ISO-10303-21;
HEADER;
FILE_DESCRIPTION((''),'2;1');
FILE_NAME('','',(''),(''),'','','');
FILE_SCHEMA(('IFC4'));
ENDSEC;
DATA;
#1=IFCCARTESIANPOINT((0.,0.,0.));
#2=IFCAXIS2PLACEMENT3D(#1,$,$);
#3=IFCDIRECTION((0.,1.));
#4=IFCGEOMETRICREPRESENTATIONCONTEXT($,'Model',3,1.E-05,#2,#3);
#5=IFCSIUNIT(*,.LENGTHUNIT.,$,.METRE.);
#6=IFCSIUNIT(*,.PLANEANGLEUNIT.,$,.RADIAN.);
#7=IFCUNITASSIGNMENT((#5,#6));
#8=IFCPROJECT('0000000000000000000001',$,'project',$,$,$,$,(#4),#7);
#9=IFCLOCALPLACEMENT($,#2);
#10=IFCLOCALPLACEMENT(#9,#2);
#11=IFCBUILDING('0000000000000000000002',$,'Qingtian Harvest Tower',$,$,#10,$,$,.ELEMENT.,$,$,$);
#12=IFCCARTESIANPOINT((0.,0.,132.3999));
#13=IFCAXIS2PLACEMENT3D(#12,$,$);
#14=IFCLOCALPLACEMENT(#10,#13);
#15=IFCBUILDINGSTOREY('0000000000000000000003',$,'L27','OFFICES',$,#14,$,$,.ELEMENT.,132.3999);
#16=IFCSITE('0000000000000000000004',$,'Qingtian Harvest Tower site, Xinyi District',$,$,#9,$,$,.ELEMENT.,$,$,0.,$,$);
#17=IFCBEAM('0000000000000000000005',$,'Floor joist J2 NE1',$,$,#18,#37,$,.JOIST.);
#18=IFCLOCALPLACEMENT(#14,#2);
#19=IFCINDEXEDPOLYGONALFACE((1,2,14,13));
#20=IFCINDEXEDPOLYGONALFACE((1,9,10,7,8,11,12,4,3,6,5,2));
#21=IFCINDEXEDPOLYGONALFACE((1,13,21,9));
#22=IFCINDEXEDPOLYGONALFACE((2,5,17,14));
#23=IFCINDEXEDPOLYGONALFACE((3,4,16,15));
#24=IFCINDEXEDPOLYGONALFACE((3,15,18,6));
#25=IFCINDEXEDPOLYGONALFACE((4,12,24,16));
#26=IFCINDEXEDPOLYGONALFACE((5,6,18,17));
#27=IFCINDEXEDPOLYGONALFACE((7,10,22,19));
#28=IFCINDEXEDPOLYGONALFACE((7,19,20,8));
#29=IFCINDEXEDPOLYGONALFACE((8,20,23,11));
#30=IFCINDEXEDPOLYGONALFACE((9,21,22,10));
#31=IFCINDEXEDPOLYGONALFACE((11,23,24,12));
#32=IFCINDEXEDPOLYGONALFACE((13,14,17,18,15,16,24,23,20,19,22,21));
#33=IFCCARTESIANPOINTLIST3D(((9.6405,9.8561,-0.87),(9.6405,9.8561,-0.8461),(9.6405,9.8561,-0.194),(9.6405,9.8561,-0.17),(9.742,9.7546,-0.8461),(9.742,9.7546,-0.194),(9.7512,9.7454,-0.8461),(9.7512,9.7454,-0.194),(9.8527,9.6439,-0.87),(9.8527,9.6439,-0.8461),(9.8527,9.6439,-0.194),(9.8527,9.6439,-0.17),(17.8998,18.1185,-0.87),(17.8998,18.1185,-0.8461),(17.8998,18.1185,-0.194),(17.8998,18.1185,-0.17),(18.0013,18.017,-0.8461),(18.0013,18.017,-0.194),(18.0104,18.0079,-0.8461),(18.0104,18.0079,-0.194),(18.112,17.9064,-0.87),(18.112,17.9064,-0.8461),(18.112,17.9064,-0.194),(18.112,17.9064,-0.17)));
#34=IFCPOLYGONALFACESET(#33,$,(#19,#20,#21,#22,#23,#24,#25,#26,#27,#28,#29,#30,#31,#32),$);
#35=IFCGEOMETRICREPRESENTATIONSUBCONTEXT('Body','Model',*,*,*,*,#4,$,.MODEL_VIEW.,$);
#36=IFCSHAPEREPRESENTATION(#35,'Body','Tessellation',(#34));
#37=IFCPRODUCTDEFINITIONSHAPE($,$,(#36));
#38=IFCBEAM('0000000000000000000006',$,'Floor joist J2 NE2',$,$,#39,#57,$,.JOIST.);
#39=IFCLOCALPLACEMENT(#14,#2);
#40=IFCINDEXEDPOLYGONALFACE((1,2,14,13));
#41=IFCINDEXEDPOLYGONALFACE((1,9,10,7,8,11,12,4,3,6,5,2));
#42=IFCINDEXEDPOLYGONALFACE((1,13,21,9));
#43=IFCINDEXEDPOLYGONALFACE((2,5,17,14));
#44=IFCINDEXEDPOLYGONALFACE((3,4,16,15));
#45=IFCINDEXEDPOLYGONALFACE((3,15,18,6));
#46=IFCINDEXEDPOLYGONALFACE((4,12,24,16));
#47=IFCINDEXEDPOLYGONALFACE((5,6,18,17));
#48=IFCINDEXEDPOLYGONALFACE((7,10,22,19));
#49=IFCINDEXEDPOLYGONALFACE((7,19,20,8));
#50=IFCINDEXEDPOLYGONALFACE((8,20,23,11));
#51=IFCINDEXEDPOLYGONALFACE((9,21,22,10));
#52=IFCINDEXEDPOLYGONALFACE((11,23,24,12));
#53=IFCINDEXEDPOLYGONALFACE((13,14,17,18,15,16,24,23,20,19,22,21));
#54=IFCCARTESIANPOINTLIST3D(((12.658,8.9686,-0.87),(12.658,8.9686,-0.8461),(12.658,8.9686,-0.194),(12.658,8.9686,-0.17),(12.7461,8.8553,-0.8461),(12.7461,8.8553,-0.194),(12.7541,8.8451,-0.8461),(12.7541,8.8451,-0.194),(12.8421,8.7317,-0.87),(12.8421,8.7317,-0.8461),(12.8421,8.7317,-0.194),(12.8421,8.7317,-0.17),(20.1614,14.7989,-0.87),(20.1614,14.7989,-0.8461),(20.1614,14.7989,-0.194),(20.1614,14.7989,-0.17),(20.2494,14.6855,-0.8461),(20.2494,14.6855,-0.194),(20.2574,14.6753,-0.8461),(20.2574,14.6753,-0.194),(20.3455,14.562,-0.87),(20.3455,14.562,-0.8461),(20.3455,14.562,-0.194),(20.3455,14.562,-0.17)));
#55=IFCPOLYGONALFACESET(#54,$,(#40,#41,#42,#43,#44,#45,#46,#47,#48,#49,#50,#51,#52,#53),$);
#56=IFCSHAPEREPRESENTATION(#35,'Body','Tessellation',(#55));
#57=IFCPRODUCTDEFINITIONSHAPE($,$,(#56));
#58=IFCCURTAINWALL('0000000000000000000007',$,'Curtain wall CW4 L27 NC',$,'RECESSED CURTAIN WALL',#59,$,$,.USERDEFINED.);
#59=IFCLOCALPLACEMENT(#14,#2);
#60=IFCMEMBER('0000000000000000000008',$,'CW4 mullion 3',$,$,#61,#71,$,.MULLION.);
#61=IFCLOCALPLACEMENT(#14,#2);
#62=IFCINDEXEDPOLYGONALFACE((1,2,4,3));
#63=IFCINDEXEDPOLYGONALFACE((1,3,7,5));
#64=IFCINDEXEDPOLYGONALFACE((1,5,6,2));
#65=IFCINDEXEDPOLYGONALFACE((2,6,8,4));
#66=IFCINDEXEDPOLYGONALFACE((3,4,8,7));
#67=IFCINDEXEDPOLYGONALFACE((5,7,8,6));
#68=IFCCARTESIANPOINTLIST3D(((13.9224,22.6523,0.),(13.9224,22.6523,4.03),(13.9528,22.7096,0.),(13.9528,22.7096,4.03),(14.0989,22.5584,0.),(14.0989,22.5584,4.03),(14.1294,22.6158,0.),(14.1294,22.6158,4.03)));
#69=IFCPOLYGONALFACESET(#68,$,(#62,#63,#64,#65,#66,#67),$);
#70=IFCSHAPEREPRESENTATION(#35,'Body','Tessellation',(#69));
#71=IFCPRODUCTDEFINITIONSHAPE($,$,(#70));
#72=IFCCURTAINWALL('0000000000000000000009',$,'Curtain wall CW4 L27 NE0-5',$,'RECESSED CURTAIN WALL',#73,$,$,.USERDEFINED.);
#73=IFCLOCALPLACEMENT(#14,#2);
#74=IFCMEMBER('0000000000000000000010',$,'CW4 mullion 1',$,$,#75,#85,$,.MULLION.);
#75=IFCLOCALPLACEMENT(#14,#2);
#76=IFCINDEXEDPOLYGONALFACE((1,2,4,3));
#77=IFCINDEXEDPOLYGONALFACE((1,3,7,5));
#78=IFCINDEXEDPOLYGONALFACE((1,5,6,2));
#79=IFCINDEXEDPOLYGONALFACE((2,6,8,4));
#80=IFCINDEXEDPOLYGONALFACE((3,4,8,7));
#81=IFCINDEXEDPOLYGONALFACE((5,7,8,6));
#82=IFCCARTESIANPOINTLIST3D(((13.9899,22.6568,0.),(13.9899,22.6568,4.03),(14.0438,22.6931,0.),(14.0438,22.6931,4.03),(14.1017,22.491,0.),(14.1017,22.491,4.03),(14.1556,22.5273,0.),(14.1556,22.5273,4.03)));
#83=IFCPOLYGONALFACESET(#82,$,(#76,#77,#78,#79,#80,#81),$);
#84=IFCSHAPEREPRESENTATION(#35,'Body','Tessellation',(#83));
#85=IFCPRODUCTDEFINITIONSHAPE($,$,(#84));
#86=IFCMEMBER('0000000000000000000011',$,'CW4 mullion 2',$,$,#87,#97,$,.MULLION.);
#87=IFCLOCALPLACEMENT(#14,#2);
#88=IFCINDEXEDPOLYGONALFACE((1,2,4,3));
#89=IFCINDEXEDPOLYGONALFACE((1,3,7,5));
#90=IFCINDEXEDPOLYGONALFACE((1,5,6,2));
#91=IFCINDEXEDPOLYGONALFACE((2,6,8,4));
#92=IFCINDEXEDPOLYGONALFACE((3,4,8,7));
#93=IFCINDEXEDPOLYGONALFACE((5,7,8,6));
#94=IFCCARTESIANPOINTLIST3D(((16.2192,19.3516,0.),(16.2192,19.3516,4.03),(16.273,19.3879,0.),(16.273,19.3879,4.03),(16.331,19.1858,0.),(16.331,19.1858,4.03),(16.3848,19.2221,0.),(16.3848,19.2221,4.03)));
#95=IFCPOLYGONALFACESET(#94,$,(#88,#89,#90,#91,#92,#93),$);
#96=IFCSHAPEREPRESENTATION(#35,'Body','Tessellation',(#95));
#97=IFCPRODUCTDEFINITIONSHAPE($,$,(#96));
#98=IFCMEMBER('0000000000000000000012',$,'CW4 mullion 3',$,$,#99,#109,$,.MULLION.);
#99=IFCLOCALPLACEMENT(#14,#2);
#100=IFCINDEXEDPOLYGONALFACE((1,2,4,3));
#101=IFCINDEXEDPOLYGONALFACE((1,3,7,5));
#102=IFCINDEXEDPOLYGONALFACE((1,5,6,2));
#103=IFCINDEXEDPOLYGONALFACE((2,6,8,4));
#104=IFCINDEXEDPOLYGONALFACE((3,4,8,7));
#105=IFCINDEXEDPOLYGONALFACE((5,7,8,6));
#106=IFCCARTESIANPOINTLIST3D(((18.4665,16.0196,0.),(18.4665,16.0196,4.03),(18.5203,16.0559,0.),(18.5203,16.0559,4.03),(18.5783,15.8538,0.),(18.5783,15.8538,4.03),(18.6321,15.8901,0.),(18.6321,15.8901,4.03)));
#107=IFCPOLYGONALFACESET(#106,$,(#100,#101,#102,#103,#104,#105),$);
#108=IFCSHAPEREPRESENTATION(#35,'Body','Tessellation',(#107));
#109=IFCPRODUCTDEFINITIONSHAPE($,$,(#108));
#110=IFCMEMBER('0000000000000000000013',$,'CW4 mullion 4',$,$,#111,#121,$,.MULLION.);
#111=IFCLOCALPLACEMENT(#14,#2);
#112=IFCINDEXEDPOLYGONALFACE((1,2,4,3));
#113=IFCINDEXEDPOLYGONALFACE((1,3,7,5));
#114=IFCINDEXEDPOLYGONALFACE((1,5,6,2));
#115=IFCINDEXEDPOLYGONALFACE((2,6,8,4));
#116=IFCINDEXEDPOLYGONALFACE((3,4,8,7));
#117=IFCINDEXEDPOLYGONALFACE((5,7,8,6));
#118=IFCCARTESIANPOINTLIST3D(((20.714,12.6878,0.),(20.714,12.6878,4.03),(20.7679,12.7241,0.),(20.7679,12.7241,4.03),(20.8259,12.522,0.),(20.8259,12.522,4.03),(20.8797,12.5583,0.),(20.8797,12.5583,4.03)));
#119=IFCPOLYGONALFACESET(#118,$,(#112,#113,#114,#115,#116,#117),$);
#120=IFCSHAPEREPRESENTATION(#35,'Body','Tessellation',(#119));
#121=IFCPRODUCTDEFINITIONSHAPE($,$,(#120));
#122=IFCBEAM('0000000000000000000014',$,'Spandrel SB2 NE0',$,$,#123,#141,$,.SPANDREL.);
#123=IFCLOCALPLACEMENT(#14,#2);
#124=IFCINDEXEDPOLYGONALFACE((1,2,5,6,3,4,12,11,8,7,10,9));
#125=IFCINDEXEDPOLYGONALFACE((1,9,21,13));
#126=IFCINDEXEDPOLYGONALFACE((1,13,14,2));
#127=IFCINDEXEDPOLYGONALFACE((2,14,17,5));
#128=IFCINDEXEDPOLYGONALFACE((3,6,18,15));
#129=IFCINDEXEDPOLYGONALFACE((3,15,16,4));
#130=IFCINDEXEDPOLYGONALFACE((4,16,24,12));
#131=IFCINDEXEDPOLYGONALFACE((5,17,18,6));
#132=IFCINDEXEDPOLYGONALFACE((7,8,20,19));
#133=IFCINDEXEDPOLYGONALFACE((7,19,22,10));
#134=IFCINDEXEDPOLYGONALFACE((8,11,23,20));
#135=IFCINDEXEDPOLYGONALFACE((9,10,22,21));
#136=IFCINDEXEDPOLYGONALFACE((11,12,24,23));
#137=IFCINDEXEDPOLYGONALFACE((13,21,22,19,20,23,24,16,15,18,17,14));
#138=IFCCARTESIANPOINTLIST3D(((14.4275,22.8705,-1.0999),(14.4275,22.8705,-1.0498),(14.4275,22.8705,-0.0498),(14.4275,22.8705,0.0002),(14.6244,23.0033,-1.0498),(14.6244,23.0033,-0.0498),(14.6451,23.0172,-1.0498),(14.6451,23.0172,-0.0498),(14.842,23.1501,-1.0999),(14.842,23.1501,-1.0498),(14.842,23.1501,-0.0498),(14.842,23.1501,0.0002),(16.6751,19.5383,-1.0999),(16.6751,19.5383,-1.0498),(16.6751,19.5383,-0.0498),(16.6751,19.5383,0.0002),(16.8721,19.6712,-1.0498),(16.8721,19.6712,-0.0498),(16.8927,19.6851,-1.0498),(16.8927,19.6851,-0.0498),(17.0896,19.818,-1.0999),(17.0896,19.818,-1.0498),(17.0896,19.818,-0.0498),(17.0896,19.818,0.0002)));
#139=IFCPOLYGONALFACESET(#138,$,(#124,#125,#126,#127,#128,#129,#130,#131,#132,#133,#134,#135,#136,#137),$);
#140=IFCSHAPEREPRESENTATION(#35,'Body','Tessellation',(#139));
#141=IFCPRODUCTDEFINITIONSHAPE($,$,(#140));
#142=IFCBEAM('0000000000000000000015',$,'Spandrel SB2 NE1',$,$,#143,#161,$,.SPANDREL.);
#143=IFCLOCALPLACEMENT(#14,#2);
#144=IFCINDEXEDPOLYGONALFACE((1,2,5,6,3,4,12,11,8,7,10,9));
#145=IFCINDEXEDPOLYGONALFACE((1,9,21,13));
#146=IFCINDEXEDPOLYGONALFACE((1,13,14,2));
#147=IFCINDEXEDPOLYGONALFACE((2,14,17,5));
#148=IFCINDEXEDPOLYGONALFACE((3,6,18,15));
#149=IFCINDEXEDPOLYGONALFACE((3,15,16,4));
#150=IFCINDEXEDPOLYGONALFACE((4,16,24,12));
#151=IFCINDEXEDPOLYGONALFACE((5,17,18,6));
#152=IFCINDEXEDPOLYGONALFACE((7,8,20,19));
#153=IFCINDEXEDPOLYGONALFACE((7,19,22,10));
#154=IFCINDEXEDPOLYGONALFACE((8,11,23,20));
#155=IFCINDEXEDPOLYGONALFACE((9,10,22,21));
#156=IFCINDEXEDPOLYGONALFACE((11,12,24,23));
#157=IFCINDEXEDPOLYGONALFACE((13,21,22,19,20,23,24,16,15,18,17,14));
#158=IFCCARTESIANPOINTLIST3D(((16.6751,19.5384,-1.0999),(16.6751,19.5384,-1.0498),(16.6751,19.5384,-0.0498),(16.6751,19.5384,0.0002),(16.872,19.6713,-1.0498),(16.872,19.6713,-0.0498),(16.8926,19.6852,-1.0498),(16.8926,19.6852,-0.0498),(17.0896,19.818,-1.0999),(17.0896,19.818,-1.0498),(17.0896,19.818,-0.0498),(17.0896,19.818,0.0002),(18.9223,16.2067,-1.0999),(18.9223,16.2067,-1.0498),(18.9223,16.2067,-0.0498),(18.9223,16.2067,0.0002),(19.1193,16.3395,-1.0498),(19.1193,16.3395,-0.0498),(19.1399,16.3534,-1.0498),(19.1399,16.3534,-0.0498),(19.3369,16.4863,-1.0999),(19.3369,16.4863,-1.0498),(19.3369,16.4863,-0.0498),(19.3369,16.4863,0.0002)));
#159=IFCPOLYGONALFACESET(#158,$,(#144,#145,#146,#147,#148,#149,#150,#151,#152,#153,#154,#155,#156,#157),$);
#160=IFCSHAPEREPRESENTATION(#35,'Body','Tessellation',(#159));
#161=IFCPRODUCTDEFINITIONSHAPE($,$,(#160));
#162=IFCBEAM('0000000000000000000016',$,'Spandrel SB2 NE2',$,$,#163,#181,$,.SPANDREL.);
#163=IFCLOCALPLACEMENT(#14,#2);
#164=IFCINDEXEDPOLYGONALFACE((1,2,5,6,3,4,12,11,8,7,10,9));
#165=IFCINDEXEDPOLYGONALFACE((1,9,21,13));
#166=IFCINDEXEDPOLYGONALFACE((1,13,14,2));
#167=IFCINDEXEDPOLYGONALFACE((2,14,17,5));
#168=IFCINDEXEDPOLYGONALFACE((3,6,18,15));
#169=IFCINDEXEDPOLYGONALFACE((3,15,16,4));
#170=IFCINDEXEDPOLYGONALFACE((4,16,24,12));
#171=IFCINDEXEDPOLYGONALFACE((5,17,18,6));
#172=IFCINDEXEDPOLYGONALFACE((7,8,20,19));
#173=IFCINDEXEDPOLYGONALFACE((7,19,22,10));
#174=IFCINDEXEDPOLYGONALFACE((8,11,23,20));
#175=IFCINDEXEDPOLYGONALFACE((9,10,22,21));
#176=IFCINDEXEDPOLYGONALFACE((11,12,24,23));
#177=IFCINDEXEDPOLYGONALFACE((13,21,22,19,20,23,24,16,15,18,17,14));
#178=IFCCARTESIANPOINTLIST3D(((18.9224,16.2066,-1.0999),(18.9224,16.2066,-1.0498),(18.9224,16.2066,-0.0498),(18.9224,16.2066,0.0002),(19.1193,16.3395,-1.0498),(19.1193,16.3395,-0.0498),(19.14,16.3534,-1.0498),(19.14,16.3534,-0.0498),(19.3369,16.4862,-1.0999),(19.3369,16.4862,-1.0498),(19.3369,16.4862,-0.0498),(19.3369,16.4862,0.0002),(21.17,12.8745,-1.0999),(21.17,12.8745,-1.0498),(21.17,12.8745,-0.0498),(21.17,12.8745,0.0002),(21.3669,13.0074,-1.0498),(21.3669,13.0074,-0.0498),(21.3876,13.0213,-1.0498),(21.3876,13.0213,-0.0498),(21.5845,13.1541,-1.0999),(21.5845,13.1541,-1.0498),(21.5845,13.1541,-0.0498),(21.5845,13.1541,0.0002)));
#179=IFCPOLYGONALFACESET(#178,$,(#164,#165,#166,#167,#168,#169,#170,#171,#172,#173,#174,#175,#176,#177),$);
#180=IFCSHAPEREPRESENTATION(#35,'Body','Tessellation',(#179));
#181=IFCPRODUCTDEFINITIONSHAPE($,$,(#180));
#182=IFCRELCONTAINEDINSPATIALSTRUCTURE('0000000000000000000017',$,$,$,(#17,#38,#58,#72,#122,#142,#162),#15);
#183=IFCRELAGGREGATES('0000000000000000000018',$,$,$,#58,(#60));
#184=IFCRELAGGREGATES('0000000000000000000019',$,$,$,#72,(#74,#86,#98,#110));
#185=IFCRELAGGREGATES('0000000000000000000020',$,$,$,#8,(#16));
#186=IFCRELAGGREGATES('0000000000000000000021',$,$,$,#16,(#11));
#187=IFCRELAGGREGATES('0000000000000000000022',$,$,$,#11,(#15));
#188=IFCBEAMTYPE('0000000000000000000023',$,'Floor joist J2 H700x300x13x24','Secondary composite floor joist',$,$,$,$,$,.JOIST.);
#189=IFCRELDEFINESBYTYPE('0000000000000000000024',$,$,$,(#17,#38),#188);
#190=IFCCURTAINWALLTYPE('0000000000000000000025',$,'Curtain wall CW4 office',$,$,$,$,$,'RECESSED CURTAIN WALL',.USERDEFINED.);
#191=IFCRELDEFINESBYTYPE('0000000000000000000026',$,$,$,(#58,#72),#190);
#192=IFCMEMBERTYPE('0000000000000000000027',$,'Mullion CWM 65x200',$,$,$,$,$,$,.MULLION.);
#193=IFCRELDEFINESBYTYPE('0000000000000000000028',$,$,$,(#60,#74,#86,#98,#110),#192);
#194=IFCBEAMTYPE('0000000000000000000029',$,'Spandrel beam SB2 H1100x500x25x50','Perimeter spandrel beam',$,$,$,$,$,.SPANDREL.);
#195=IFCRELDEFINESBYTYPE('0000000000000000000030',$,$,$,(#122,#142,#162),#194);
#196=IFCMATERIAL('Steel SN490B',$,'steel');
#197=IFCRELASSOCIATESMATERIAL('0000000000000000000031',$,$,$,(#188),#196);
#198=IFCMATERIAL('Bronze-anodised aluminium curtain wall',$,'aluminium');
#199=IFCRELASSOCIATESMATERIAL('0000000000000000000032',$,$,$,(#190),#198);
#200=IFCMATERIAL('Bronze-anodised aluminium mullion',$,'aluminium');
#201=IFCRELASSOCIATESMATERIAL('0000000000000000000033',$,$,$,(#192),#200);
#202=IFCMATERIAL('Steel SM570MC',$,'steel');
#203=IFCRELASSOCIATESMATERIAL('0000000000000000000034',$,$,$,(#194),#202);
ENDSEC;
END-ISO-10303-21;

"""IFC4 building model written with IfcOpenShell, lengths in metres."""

from ifc_helpers import new_model, si_unit, direction, frame, origin, origin_2d, place, context, subcontext, project, spatial, rectangle, i_section, extrude, material, material_profile, profile_set, type_object, element, aggregate, save


model = new_model("IFC4")

# Units and contexts
model_context = context("Model", 3, precision=1e-05, world=origin(), true_north=direction((0.0, 1.0)))
body_context = subcontext(model_context, "Body", "Model", "MODEL_VIEW")
ifc_project = project(units=[si_unit("LENGTHUNIT", "METRE"), si_unit("PLANEANGLEUNIT", "RADIAN")], contexts=[model_context])

# Site, building, storey
site_placement = place(None, origin())
site = spatial("IfcSite", under=ifc_project, at=site_placement, Name="Qingtian Harvest Tower site, Xinyi District", CompositionType="ELEMENT", RefElevation=0.0)
building_placement = place(site_placement, origin())
building = spatial("IfcBuilding", under=site, at=building_placement, Name="Qingtian Harvest Tower", CompositionType="ELEMENT")
storey_placement = place(building_placement, frame((0.0, 0.0, 132.3999)))
storey = spatial("IfcBuildingStorey", under=building, at=storey_placement, Name="L27", Description="OFFICES", CompositionType="ELEMENT", Elevation=132.3999)

# Beams
ifc_material_1 = material(Name="Steel SN490B", Category="steel")
ifc_material_profile_1 = material_profile(ifc_material_1, i_section(OverallWidth=0.3, OverallDepth=0.7, WebThickness=0.0129, FlangeThickness=0.0239, at=origin_2d()), Name="H700x300x13x24")
ifc_profile_set_1 = profile_set([ifc_material_profile_1], Name="Steel SN490B")
beam_type_1 = type_object("IfcBeamType", Name="Floor joist J2 H700x300x13x24", Description="Secondary composite floor joist", PredefinedType="JOIST", material=ifc_profile_set_1)
beam_1_placement = place(storey_placement, frame((18.0059, 18.0125, -0.52), z_axis=(-0.706971, -0.707243, 0.0), x_axis=(0.707243, -0.706971, 0.0)))
element("IfcBeam", 1, at=beam_1_placement, inside=storey, type_object=beam_type_1, Name="Floor joist J2 NE1", PredefinedType="JOIST", context=body_context, shape_type="SweptSolid", body=[
    extrude(i_section(OverallWidth=0.3, OverallDepth=0.7, WebThickness=0.0129, FlangeThickness=0.0239, at=origin_2d()), origin(), (0.0, 0.0, 1.0), 11.6826),
])
beam_2_placement = place(storey_placement, frame((20.2534, 14.6804, -0.52), z_axis=(-0.789641, -0.613569, 0.0), x_axis=(0.613569, -0.789641, 0.0)))
element("IfcBeam", 2, at=beam_2_placement, inside=storey, type_object=beam_type_1, Name="Floor joist J2 NE2", PredefinedType="JOIST", context=body_context, shape_type="SweptSolid", body=[
    extrude(i_section(OverallWidth=0.3, OverallDepth=0.7, WebThickness=0.0129, FlangeThickness=0.0239, at=origin_2d()), origin(), (0.0, 0.0, 1.0), 9.5022),
])

# Curtain wall, member
ifc_material_2 = material(Name="Bronze-anodised aluminium curtain wall", Category="aluminium")
curtain_wall_type = type_object("IfcCurtainWallType", Name="Curtain wall CW4 office", ElementType="RECESSED CURTAIN WALL", PredefinedType="USERDEFINED", material=ifc_material_2)
curtain_wall_1_placement = place(storey_placement, origin())
curtain_wall_1 = element("IfcCurtainWall", 3, at=curtain_wall_1_placement, inside=storey, type_object=curtain_wall_type, Name="Curtain wall CW4 L27 NC", ObjectType="RECESSED CURTAIN WALL", PredefinedType="USERDEFINED")
ifc_material_3 = material(Name="Bronze-anodised aluminium mullion", Category="aluminium")
ifc_material_profile_2 = material_profile(ifc_material_3, rectangle(XDim=0.0649, YDim=0.2, at=origin_2d()), Name="AL 65x200")
ifc_profile_set_2 = profile_set([ifc_material_profile_2], Name="Bronze-anodised aluminium mullion")
member_type_1 = type_object("IfcMemberType", Name="Mullion CWM 65x200", PredefinedType="MULLION", material=ifc_profile_set_2)
member_1_placement = place(storey_placement, frame((14.0259, 22.634, 0.0), z_axis=(0.0, 0.0, 1.0), x_axis=(0.469472, 0.882948, 0.0)))
member_1 = element("IfcMember", 4, at=member_1_placement, type_object=member_type_1, Name="CW4 mullion 3", PredefinedType="MULLION", context=body_context, shape_type="SweptSolid", body=[
    extrude(rectangle(XDim=0.0649, YDim=0.2, at=origin_2d()), origin(), (0.0, 0.0, 1.0), 4.03),
])

# Curtain wall, members
curtain_wall_2_placement = place(storey_placement, origin())
curtain_wall_2 = element("IfcCurtainWall", 5, at=curtain_wall_2_placement, inside=storey, type_object=curtain_wall_type, Name="Curtain wall CW4 L27 NE0-5", ObjectType="RECESSED CURTAIN WALL", PredefinedType="USERDEFINED")
member_2_placement = place(storey_placement, frame((14.0728, 22.592, 0.0), z_axis=(0.0, 0.0, 1.0), x_axis=(0.829038, 0.559193, 0.0)))
member_2 = element("IfcMember", 6, at=member_2_placement, type_object=member_type_1, Name="CW4 mullion 1", PredefinedType="MULLION", context=body_context, shape_type="SweptSolid", body=[
    extrude(rectangle(XDim=0.0649, YDim=0.2, at=origin_2d()), origin(), (0.0, 0.0, 1.0), 4.03),
])
member_3_placement = place(storey_placement, frame((16.302, 19.2869, 0.0), z_axis=(0.0, 0.0, 1.0), x_axis=(0.829038, 0.559193, 0.0)))
member_3 = element("IfcMember", 7, at=member_3_placement, type_object=member_type_1, Name="CW4 mullion 2", PredefinedType="MULLION", context=body_context, shape_type="SweptSolid", body=[
    extrude(rectangle(XDim=0.0649, YDim=0.2, at=origin_2d()), origin(), (0.0, 0.0, 1.0), 4.03),
])
member_4_placement = place(storey_placement, frame((18.5493, 15.9548, 0.0), z_axis=(0.0, 0.0, 1.0), x_axis=(0.829038, 0.559193, 0.0)))
member_4 = element("IfcMember", 8, at=member_4_placement, type_object=member_type_1, Name="CW4 mullion 3", PredefinedType="MULLION", context=body_context, shape_type="SweptSolid", body=[
    extrude(rectangle(XDim=0.0649, YDim=0.2, at=origin_2d()), origin(), (0.0, 0.0, 1.0), 4.03),
])
member_5_placement = place(storey_placement, frame((20.7969, 12.623, 0.0), z_axis=(0.0, 0.0, 1.0), x_axis=(0.829038, 0.559193, 0.0)))
member_5 = element("IfcMember", 9, at=member_5_placement, type_object=member_type_1, Name="CW4 mullion 4", PredefinedType="MULLION", context=body_context, shape_type="SweptSolid", body=[
    extrude(rectangle(XDim=0.0649, YDim=0.2, at=origin_2d()), origin(), (0.0, 0.0, 1.0), 4.03),
])

# Beams
ifc_material_4 = material(Name="Steel SM570MC", Category="steel")
ifc_material_profile_3 = material_profile(ifc_material_4, i_section(OverallWidth=0.5, OverallDepth=1.1001, WebThickness=0.0249, FlangeThickness=0.05, at=origin_2d()), Name="H1100x500x25x50")
ifc_profile_set_3 = profile_set([ifc_material_profile_3], Name="Steel SM570MC")
beam_type_2 = type_object("IfcBeamType", Name="Spandrel beam SB2 H1100x500x25x50", Description="Perimeter spandrel beam", PredefinedType="SPANDREL", material=ifc_profile_set_3)
beam_3_placement = place(storey_placement, frame((14.6348, 23.0103, -0.5498), z_axis=(0.559206, -0.829029, 0.0), x_axis=(0.829029, 0.559206, 0.0)))
element("IfcBeam", 10, at=beam_3_placement, inside=storey, type_object=beam_type_2, Name="Spandrel SB2 NE0", PredefinedType="SPANDREL", context=body_context, shape_type="SweptSolid", body=[
    extrude(i_section(OverallWidth=0.5, OverallDepth=1.1001, WebThickness=0.0249, FlangeThickness=0.05, at=origin_2d()), origin(), (0.0, 0.0, 1.0), 4.0193),
])
beam_4_placement = place(storey_placement, frame((16.8823, 19.6782, -0.5498), z_axis=(0.559192, -0.829038, 0.0), x_axis=(0.829038, 0.559192, 0.0)))
element("IfcBeam", 11, at=beam_4_placement, inside=storey, type_object=beam_type_2, Name="Spandrel SB2 NE1", PredefinedType="SPANDREL", context=body_context, shape_type="SweptSolid", body=[
    extrude(i_section(OverallWidth=0.5, OverallDepth=1.1001, WebThickness=0.0249, FlangeThickness=0.05, at=origin_2d()), origin(), (0.0, 0.0, 1.0), 4.0188),
])
beam_5_placement = place(storey_placement, frame((19.1296, 16.3464, -0.5498), z_axis=(0.559206, -0.829029, 0.0), x_axis=(0.829029, 0.559206, 0.0)))
element("IfcBeam", 12, at=beam_5_placement, inside=storey, type_object=beam_type_2, Name="Spandrel SB2 NE2", PredefinedType="SPANDREL", context=body_context, shape_type="SweptSolid", body=[
    extrude(i_section(OverallWidth=0.5, OverallDepth=1.1001, WebThickness=0.0249, FlangeThickness=0.05, at=origin_2d()), origin(), (0.0, 0.0, 1.0), 4.0193),
])

aggregate(curtain_wall_1, [member_1])
aggregate(curtain_wall_2, [member_2, member_3, member_4, member_5])

save(model, "model.ifc")
